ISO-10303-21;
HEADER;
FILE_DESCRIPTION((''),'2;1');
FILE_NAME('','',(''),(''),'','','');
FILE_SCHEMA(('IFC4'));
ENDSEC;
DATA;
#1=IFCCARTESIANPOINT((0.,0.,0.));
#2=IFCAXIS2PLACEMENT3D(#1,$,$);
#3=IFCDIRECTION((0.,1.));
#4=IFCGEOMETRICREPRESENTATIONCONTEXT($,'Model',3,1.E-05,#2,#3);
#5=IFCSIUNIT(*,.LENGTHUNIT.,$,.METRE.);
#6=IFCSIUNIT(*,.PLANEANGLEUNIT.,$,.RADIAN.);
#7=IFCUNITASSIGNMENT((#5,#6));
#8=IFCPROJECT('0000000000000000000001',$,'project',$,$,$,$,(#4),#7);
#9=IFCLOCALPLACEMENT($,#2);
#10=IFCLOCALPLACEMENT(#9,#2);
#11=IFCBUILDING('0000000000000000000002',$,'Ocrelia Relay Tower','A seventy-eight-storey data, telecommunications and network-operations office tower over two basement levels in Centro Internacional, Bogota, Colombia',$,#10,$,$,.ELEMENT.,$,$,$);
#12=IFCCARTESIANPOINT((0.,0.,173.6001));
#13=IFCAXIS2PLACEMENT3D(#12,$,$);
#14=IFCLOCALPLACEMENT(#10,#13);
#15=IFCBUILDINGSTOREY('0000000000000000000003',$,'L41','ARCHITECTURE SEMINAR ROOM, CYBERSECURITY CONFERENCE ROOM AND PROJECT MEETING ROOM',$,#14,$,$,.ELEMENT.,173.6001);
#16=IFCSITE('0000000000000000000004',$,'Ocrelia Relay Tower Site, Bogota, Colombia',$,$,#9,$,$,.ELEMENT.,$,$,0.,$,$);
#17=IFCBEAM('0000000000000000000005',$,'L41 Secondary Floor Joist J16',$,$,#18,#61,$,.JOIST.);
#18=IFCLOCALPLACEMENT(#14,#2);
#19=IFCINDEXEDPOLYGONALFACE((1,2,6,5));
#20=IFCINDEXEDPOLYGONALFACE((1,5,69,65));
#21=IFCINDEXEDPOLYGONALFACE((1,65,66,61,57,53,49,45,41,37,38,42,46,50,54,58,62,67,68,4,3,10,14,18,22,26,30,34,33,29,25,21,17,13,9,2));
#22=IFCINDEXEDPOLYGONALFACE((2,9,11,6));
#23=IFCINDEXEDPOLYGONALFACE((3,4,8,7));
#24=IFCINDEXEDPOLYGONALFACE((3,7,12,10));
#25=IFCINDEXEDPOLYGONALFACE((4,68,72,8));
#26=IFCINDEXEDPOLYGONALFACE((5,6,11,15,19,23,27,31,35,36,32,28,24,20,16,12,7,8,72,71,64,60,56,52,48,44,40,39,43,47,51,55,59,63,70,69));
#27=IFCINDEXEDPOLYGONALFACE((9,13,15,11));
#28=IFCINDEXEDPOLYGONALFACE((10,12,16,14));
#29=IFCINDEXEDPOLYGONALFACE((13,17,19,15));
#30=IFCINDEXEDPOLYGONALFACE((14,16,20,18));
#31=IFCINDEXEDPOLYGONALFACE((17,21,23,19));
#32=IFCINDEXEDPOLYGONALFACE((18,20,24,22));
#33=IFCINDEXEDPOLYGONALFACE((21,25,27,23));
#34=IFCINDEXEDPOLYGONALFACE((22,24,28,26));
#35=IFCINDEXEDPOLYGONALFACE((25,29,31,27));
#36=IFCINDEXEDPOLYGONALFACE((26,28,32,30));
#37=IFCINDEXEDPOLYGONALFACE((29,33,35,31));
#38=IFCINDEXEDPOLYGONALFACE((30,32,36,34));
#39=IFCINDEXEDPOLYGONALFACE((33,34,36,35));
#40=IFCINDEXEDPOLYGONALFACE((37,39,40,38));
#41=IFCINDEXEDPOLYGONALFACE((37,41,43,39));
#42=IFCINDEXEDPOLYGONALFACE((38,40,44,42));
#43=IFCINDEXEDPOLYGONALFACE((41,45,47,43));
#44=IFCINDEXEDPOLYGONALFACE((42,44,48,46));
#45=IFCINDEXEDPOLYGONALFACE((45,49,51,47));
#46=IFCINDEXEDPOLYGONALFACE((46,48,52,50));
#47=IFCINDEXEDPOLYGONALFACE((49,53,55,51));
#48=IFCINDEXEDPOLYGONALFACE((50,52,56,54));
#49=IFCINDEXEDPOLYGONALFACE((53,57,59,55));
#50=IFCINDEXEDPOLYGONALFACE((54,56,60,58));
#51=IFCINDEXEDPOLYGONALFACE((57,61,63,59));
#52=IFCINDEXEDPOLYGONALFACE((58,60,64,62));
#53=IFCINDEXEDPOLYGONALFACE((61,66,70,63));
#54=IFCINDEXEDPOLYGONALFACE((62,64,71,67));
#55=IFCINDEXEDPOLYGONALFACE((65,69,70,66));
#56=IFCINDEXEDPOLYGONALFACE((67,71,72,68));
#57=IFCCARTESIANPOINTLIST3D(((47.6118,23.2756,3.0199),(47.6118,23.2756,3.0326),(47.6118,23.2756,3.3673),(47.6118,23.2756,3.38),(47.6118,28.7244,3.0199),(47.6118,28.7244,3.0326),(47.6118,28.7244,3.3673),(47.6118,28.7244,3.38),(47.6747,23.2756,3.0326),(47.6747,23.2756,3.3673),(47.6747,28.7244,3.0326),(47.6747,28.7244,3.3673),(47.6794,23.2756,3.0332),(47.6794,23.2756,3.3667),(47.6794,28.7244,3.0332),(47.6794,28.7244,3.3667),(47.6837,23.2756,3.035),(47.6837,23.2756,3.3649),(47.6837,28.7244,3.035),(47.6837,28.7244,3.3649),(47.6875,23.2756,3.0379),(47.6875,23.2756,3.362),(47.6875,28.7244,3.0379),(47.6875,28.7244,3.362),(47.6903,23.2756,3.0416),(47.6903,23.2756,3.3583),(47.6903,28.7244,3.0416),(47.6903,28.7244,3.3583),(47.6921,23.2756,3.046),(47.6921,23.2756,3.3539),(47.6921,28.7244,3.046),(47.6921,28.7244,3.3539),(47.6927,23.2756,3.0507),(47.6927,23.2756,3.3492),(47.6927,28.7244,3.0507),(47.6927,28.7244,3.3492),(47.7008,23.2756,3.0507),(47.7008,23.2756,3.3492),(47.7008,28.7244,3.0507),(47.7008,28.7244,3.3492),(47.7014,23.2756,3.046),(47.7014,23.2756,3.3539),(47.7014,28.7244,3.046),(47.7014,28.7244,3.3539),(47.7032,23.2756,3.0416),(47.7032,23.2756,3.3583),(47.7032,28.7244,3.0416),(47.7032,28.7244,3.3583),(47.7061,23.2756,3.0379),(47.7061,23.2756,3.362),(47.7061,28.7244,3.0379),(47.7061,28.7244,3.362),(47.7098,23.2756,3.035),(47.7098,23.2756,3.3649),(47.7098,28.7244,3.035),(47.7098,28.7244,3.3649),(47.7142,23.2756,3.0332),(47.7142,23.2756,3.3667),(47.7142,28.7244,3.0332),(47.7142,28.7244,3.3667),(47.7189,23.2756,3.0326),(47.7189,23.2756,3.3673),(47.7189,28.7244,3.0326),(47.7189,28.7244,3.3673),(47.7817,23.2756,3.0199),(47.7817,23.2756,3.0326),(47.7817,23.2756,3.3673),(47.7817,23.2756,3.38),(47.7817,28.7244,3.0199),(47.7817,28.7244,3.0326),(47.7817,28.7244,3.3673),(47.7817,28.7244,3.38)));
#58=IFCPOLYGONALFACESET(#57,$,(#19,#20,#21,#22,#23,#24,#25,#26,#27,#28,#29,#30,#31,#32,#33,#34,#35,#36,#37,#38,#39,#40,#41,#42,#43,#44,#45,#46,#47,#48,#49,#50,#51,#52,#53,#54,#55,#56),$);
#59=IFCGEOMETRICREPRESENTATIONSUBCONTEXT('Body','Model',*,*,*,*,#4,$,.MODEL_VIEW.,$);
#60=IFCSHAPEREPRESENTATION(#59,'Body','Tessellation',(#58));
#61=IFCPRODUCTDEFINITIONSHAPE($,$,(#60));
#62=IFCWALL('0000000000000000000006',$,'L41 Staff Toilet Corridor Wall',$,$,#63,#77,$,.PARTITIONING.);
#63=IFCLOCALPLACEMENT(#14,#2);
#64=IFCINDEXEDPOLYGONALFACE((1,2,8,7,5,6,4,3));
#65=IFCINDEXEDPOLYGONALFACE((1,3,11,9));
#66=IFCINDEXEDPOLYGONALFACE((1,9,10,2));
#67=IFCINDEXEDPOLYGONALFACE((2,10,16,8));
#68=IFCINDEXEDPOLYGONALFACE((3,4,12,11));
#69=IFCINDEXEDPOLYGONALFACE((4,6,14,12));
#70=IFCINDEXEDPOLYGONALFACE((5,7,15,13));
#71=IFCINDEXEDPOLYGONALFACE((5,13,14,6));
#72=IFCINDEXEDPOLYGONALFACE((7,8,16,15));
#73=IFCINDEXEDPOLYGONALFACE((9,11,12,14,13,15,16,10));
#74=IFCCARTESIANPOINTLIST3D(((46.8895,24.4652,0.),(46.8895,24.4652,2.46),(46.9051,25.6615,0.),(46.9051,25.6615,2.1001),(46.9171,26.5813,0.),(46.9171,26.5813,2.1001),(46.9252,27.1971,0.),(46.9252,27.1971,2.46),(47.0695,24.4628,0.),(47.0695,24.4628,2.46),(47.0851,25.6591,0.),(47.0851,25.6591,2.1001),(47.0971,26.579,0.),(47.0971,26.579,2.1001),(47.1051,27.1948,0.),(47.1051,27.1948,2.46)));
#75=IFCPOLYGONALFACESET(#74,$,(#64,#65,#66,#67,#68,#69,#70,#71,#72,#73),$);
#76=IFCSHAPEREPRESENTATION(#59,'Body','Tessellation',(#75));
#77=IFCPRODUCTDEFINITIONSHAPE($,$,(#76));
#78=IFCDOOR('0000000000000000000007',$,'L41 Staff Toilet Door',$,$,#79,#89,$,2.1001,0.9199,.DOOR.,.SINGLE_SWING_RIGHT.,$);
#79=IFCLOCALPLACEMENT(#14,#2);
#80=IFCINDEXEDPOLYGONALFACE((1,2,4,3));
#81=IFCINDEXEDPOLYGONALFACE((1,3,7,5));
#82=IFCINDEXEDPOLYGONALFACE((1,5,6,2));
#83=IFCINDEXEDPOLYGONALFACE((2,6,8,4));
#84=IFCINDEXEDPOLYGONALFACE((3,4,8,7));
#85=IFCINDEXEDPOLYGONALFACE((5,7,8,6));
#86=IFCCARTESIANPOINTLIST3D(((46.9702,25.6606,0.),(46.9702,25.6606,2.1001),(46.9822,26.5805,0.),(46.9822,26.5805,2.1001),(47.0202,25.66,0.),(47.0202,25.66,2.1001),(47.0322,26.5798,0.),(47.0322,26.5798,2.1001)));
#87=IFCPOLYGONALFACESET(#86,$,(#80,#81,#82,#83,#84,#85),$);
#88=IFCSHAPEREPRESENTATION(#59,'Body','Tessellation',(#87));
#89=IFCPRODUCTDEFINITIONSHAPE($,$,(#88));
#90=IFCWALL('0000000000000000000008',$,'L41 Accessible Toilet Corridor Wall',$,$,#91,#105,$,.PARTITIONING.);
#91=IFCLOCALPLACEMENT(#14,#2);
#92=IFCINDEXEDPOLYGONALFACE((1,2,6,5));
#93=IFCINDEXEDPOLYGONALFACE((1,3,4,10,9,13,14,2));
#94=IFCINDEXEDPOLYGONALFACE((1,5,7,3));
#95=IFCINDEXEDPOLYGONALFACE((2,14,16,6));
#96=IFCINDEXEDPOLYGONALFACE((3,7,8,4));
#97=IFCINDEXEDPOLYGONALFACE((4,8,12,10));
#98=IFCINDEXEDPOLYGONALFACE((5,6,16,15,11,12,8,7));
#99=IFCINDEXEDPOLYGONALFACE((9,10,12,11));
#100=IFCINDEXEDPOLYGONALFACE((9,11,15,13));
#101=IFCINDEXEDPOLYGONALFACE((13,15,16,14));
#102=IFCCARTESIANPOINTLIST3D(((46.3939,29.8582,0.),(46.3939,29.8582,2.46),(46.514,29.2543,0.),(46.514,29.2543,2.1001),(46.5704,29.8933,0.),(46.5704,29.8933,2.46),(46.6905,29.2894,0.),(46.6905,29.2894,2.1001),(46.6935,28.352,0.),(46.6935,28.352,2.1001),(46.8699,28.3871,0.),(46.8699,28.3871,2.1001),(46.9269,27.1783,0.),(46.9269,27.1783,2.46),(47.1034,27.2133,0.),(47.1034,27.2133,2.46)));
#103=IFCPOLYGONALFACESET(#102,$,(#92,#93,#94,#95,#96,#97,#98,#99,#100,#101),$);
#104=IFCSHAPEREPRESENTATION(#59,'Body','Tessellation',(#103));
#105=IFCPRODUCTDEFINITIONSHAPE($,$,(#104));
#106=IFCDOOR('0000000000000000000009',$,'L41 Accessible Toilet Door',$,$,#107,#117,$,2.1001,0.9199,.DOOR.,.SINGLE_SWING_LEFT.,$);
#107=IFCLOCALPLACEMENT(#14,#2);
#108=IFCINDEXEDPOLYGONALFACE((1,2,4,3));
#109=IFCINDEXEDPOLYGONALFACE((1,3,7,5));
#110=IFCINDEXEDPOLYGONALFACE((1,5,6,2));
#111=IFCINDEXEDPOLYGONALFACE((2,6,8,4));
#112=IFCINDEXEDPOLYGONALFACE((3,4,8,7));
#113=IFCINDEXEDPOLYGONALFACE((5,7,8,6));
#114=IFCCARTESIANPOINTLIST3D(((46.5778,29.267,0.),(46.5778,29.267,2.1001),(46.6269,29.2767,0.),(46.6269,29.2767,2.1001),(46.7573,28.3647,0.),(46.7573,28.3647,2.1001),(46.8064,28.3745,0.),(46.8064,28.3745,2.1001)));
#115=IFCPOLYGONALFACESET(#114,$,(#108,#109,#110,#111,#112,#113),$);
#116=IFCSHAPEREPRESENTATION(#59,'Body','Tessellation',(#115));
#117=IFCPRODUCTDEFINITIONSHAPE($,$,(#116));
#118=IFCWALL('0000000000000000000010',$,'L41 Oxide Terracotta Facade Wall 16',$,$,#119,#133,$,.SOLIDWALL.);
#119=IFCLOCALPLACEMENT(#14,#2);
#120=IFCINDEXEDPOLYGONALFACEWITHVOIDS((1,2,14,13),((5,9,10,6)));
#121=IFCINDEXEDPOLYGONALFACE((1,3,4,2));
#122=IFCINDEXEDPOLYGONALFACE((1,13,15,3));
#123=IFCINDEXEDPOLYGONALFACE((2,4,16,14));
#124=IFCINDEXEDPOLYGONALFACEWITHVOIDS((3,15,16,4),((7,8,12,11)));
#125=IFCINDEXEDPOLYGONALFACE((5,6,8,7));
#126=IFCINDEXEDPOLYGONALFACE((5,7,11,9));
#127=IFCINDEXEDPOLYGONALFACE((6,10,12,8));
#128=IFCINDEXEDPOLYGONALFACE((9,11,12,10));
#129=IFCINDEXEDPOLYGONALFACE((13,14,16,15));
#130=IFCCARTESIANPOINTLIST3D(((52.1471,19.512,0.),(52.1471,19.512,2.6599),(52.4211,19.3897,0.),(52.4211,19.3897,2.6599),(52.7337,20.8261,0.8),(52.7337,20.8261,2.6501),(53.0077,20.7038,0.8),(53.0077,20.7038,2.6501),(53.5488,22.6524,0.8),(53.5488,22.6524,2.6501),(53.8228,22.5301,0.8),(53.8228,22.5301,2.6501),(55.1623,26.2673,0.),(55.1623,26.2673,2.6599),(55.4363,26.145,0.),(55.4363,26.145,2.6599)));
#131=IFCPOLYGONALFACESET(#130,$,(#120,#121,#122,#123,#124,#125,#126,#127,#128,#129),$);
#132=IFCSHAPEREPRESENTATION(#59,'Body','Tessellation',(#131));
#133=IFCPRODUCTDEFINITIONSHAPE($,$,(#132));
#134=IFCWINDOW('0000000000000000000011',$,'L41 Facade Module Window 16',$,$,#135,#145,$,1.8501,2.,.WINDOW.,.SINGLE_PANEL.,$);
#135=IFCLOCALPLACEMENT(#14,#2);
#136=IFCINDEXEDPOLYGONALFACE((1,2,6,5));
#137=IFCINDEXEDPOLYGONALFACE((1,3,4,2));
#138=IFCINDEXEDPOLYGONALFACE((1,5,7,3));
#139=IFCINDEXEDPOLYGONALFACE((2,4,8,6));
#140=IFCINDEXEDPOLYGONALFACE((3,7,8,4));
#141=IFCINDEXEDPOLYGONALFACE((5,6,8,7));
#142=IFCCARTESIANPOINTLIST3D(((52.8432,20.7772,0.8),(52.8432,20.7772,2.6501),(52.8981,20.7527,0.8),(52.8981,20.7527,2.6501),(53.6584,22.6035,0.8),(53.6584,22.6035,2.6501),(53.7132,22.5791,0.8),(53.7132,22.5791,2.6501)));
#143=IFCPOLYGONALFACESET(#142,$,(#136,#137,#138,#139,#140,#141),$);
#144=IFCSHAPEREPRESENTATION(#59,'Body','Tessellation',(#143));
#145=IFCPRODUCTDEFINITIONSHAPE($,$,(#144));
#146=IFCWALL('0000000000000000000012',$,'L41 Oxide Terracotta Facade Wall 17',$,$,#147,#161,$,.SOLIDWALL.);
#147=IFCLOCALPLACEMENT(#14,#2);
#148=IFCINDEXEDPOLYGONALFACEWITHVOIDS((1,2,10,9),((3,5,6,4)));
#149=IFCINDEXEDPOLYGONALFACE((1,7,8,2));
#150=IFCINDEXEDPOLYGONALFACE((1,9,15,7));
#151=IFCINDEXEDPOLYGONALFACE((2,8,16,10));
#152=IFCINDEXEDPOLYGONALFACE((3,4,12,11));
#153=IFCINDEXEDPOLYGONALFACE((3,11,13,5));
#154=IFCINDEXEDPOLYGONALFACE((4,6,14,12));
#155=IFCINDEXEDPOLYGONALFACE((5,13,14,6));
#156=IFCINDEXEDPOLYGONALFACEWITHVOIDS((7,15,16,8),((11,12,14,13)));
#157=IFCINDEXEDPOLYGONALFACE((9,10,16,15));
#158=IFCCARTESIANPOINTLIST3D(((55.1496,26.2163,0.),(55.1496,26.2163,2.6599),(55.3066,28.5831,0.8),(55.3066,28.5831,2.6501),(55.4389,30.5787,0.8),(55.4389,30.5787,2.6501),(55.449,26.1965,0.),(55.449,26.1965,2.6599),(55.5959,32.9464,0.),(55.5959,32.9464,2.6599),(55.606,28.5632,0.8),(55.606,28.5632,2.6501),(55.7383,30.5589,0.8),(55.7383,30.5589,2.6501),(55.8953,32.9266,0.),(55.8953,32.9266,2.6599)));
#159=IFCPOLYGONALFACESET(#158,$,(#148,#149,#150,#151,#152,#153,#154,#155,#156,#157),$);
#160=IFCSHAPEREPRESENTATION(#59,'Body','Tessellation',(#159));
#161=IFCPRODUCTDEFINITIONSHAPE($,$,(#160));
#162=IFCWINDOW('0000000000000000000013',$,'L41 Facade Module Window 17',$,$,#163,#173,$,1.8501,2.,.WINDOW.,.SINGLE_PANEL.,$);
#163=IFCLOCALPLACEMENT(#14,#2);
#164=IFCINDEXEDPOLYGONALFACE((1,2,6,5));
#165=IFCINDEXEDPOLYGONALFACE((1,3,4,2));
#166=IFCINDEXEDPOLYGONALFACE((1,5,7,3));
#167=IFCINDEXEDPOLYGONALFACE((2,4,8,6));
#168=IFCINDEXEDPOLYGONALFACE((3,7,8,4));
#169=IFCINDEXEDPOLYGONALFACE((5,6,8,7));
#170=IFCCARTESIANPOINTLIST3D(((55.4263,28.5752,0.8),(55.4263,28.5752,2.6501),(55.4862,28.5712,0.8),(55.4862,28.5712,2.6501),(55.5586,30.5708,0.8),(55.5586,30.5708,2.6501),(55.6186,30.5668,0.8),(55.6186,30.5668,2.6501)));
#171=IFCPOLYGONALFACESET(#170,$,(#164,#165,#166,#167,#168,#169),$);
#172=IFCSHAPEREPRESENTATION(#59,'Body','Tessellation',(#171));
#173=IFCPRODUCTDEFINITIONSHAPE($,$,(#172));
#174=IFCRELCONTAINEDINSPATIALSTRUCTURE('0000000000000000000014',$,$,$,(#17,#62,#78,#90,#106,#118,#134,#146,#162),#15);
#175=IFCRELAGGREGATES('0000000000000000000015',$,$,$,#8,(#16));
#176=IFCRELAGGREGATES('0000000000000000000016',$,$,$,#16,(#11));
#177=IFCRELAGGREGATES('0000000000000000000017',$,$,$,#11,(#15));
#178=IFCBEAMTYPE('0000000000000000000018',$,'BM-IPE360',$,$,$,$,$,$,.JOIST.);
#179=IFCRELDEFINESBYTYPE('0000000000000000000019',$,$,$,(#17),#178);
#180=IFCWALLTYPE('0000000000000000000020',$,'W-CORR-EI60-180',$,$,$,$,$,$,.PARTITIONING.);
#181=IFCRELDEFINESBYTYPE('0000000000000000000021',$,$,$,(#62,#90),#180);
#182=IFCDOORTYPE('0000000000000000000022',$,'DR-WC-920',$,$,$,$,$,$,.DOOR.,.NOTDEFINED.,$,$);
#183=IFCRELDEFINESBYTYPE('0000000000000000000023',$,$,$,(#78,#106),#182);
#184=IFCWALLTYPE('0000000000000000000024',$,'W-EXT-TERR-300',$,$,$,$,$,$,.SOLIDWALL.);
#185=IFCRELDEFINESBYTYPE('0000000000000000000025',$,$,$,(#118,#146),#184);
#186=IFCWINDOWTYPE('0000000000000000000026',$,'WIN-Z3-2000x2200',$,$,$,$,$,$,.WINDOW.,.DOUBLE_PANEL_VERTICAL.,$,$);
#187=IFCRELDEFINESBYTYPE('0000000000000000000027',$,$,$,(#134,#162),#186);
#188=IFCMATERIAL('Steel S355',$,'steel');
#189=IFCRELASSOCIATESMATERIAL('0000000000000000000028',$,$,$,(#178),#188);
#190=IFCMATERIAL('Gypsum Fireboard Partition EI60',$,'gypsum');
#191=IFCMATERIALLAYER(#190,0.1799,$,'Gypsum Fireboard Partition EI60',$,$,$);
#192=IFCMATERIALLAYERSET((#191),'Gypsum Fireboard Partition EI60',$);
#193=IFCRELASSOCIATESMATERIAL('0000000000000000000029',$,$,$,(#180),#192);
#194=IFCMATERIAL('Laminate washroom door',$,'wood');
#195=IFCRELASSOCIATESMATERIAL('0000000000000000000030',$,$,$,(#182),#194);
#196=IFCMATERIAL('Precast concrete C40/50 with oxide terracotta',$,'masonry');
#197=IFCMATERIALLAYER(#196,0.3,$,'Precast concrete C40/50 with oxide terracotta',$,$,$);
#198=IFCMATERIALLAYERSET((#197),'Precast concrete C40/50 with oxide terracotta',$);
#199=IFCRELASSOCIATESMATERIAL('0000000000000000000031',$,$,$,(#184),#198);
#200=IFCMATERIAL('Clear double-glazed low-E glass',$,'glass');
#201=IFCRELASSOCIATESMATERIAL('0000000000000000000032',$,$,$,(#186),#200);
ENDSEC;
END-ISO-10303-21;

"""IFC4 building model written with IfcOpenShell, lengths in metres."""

from ifc_helpers import new_model, si_unit, direction, frame, frame_2d, origin, origin_2d, place, context, subcontext, project, spatial, rectangle, i_section, extrude, material, layer, layer_set, material_profile, profile_set, type_object, element, fill, save


model = new_model("IFC4")

# Units and contexts
model_context = context("Model", 3, precision=1e-05, world=origin(), true_north=direction((0.0, 1.0)))
body_context = subcontext(model_context, "Body", "Model", "MODEL_VIEW")
ifc_project = project(units=[si_unit("LENGTHUNIT", "METRE"), si_unit("PLANEANGLEUNIT", "RADIAN")], contexts=[model_context])

# Site, building, storey
site_placement = place(None, origin())
site = spatial("IfcSite", under=ifc_project, at=site_placement, Name="Ocrelia Relay Tower Site, Bogota, Colombia", CompositionType="ELEMENT", RefElevation=0.0)
building_placement = place(site_placement, origin())
building = spatial("IfcBuilding", under=site, at=building_placement, Name="Ocrelia Relay Tower", Description="A seventy-eight-storey data, telecommunications and network-operations office tower over two basement levels in Centro Internacional, Bogota, Colombia", CompositionType="ELEMENT")
storey_placement = place(building_placement, frame((0.0, 0.0, 173.6001)))
storey = spatial("IfcBuildingStorey", under=building, at=storey_placement, Name="L41", Description="ARCHITECTURE SEMINAR ROOM, CYBERSECURITY CONFERENCE ROOM AND PROJECT MEETING ROOM", CompositionType="ELEMENT", Elevation=173.6001)

# Beam
ifc_material_1 = material(Name="Steel S355", Category="steel")
ifc_material_profile_1 = material_profile(ifc_material_1, i_section(OverallWidth=0.1699, OverallDepth=0.3601, WebThickness=0.0081, FlangeThickness=0.0127, FilletRadius=0.0181, at=origin_2d()), Name="IPE 360")
ifc_profile_set_1 = profile_set([ifc_material_profile_1], Name="Steel S355")
beam_type_1 = type_object("IfcBeamType", Name="BM-IPE360", PredefinedType="JOIST", material=ifc_profile_set_1)
beam_1_placement = place(storey_placement, frame((47.6968, 23.2756, 3.2), z_axis=(0.0, 1.0, 0.0), x_axis=(-1.0, 0.0, 0.0)))
element("IfcBeam", 1, at=beam_1_placement, inside=storey, type_object=beam_type_1, Name="L41 Secondary Floor Joist J16", PredefinedType="JOIST", context=body_context, shape_type="SweptSolid", body=[
    extrude(i_section(OverallWidth=0.1699, OverallDepth=0.3601, WebThickness=0.0081, FlangeThickness=0.0127, FilletRadius=0.0181, at=origin_2d()), origin(), (0.0, 0.0, 1.0), 5.4487),
])

# Walls, openings, doors
ifc_material_2 = material(Name="Gypsum Fireboard Partition EI60", Category="gypsum")
ifc_layer_1 = layer(ifc_material_2, 0.1799, Name="Gypsum Fireboard Partition EI60")
ifc_layer_set_1 = layer_set([ifc_layer_1], Name="Gypsum Fireboard Partition EI60")
wall_type_1 = type_object("IfcWallType", Name="W-CORR-EI60-180", PredefinedType="PARTITIONING", material=ifc_layer_set_1)
wall_1_placement = place(storey_placement, frame((46.9795, 24.4639, 0.0), z_axis=(0.0, 0.0, 1.0), x_axis=(0.013046, 0.999915, 0.0)))
wall_1 = element("IfcWall", 2, at=wall_1_placement, inside=storey, type_object=wall_type_1, Name="L41 Staff Toilet Corridor Wall", PredefinedType="PARTITIONING", context=body_context, shape_type="SweptSolid", body=[
    extrude(rectangle(XDim=2.7322, YDim=0.1799, at=frame_2d((1.3662, 0.0))), origin(), (0.0, 0.0, 1.0), 2.46),
])
opening_1_placement = place(wall_1_placement, frame((1.1965, 0.0, 0.0)))
opening_1 = element("IfcOpeningElement", 3, at=opening_1_placement, cuts=wall_1, PredefinedType="OPENING", context=body_context, shape_type="SweptSolid", body=[
    extrude(rectangle(XDim=0.9199, YDim=2.1001, at=frame_2d((0.46, 1.05))), frame((0.0, 0.1001, 0.0), z_axis=(0.0, -1.0, 0.0), x_axis=(1.0, 0.0, 0.0)), (0.0, 0.0, 1.0), 0.2),
])
ifc_material_3 = material(Name="Laminate washroom door", Category="wood")
door_type_1 = type_object("IfcDoorType", Name="DR-WC-920", OperationType="NOTDEFINED", PredefinedType="DOOR", material=ifc_material_3)
door_1_placement = place(opening_1_placement, origin())
door_1 = element("IfcDoor", 4, at=door_1_placement, inside=storey, type_object=door_type_1, Name="L41 Staff Toilet Door", OperationType="SINGLE_SWING_RIGHT", OverallHeight=2.1001, OverallWidth=0.9199, PredefinedType="DOOR", context=body_context, shape_type="SweptSolid", body=[
    extrude(rectangle(XDim=0.9199, YDim=2.1001, at=frame_2d((0.46, 1.05))), frame((0.0, 0.0249, 0.0), z_axis=(0.0, -1.0, 0.0), x_axis=(1.0, 0.0, 0.0)), (0.0, 0.0, 1.0), 0.05),
])
fill(opening_1, door_1)
wall_2_placement = place(storey_placement, frame((47.0151, 27.1958, 0.0), z_axis=(0.0, 0.0, 1.0), x_axis=(-0.195051, 0.980793, 0.0)))
wall_2 = element("IfcWall", 5, at=wall_2_placement, inside=storey, type_object=wall_type_1, Name="L41 Accessible Toilet Corridor Wall", PredefinedType="PARTITIONING", context=body_context, shape_type="SweptSolid", body=[
    extrude(rectangle(XDim=2.7324, YDim=0.1799, at=frame_2d((1.3662, 0.0))), origin(), (0.0, 0.0, 1.0), 2.46),
])
opening_2_placement = place(wall_2_placement, frame((1.1968, 0.0, 0.0)))
opening_2 = element("IfcOpeningElement", 6, at=opening_2_placement, cuts=wall_2, PredefinedType="OPENING", context=body_context, shape_type="SweptSolid", body=[
    extrude(rectangle(XDim=0.9199, YDim=2.1001, at=frame_2d((0.46, 1.05))), frame((0.0, 0.1001, 0.0), z_axis=(0.0, -1.0, 0.0), x_axis=(1.0, 0.0, 0.0)), (0.0, 0.0, 1.0), 0.2),
])
door_2_placement = place(opening_2_placement, origin())
door_2 = element("IfcDoor", 7, at=door_2_placement, inside=storey, type_object=door_type_1, Name="L41 Accessible Toilet Door", OperationType="SINGLE_SWING_LEFT", OverallHeight=2.1001, OverallWidth=0.9199, PredefinedType="DOOR", context=body_context, shape_type="SweptSolid", body=[
    extrude(rectangle(XDim=0.9199, YDim=2.1001, at=frame_2d((0.46, 1.05))), frame((0.0, 0.0249, 0.0), z_axis=(0.0, -1.0, 0.0), x_axis=(1.0, 0.0, 0.0)), (0.0, 0.0, 1.0), 0.05),
])
fill(opening_2, door_2)

# Walls, openings, windows
ifc_material_4 = material(Name="Precast concrete C40/50 with oxide terracotta", Category="masonry")
ifc_layer_2 = layer(ifc_material_4, 0.3, Name="Precast concrete C40/50 with oxide terracotta")
ifc_layer_set_2 = layer_set([ifc_layer_2], Name="Precast concrete C40/50 with oxide terracotta")
wall_type_2 = type_object("IfcWallType", Name="W-EXT-TERR-300", PredefinedType="SOLIDWALL", material=ifc_layer_set_2)
wall_3_placement = place(storey_placement, frame((52.2842, 19.4509, 0.0), z_axis=(0.0, 0.0, 1.0), x_axis=(0.407577, 0.913171, 0.0)))
wall_3 = element("IfcWall", 8, at=wall_3_placement, inside=storey, type_object=wall_type_2, Name="L41 Oxide Terracotta Facade Wall 16", PredefinedType="SOLIDWALL", context=body_context, shape_type="SweptSolid", body=[
    extrude(rectangle(XDim=7.3977, YDim=0.3, at=frame_2d((3.6987, 0.0))), origin(), (0.0, 0.0, 1.0), 2.6599),
])
opening_3_placement = place(wall_3_placement, frame((1.439, 0.0, 0.8)))
opening_3 = element("IfcOpeningElement", 9, at=opening_3_placement, cuts=wall_3, PredefinedType="OPENING", context=body_context, shape_type="SweptSolid", body=[
    extrude(rectangle(XDim=2.0, YDim=1.8501, at=frame_2d((1.0, 0.925))), frame((0.0, 0.1602, 0.0), z_axis=(0.0, -1.0, 0.0), x_axis=(1.0, 0.0, 0.0)), (0.0, 0.0, 1.0), 0.3201),
])
ifc_material_5 = material(Name="Clear double-glazed low-E glass", Category="glass")
window_type = type_object("IfcWindowType", Name="WIN-Z3-2000x2200", PartitioningType="DOUBLE_PANEL_VERTICAL", PredefinedType="WINDOW", material=ifc_material_5)
window_1_placement = place(opening_3_placement, origin())
window_1 = element("IfcWindow", 10, at=window_1_placement, inside=storey, type_object=window_type, Name="L41 Facade Module Window 16", OverallHeight=1.8501, OverallWidth=2.0, PartitioningType="SINGLE_PANEL", PredefinedType="WINDOW", context=body_context, shape_type="SweptSolid", body=[
    extrude(rectangle(XDim=2.0, YDim=1.8501, at=frame_2d((1.0, 0.925))), frame((0.0, 0.03, 0.0), z_axis=(0.0, -1.0, 0.0), x_axis=(1.0, 0.0, 0.0)), (0.0, 0.0, 1.0), 0.0601),
])
fill(opening_3, window_1)
wall_4_placement = place(storey_placement, frame((55.2993, 26.2063, 0.0), z_axis=(0.0, 0.0, 1.0), x_axis=(0.066168, 0.997808, 0.0)))
wall_4 = element("IfcWall", 11, at=wall_4_placement, inside=storey, type_object=wall_type_2, Name="L41 Oxide Terracotta Facade Wall 17", PredefinedType="SOLIDWALL", context=body_context, shape_type="SweptSolid", body=[
    extrude(rectangle(XDim=6.7449, YDim=0.3, at=frame_2d((3.3726, 0.0))), origin(), (0.0, 0.0, 1.0), 2.6599),
])
opening_4_placement = place(wall_4_placement, frame((2.3721, 0.0, 0.8)))
opening_4 = element("IfcOpeningElement", 12, at=opening_4_placement, cuts=wall_4, PredefinedType="OPENING", context=body_context, shape_type="SweptSolid", body=[
    extrude(rectangle(XDim=2.0, YDim=1.8501, at=frame_2d((1.0, 0.925))), frame((0.0, 0.1602, 0.0), z_axis=(0.0, -1.0, 0.0), x_axis=(1.0, 0.0, 0.0)), (0.0, 0.0, 1.0), 0.3201),
])
window_2_placement = place(opening_4_placement, origin())
window_2 = element("IfcWindow", 13, at=window_2_placement, inside=storey, type_object=window_type, Name="L41 Facade Module Window 17", OverallHeight=1.8501, OverallWidth=2.0, PartitioningType="SINGLE_PANEL", PredefinedType="WINDOW", context=body_context, shape_type="SweptSolid", body=[
    extrude(rectangle(XDim=2.0, YDim=1.8501, at=frame_2d((1.0, 0.925))), frame((0.0, 0.03, 0.0), z_axis=(0.0, -1.0, 0.0), x_axis=(1.0, 0.0, 0.0)), (0.0, 0.0, 1.0), 0.0601),
])
fill(opening_4, window_2)

save(model, "model.ifc")
